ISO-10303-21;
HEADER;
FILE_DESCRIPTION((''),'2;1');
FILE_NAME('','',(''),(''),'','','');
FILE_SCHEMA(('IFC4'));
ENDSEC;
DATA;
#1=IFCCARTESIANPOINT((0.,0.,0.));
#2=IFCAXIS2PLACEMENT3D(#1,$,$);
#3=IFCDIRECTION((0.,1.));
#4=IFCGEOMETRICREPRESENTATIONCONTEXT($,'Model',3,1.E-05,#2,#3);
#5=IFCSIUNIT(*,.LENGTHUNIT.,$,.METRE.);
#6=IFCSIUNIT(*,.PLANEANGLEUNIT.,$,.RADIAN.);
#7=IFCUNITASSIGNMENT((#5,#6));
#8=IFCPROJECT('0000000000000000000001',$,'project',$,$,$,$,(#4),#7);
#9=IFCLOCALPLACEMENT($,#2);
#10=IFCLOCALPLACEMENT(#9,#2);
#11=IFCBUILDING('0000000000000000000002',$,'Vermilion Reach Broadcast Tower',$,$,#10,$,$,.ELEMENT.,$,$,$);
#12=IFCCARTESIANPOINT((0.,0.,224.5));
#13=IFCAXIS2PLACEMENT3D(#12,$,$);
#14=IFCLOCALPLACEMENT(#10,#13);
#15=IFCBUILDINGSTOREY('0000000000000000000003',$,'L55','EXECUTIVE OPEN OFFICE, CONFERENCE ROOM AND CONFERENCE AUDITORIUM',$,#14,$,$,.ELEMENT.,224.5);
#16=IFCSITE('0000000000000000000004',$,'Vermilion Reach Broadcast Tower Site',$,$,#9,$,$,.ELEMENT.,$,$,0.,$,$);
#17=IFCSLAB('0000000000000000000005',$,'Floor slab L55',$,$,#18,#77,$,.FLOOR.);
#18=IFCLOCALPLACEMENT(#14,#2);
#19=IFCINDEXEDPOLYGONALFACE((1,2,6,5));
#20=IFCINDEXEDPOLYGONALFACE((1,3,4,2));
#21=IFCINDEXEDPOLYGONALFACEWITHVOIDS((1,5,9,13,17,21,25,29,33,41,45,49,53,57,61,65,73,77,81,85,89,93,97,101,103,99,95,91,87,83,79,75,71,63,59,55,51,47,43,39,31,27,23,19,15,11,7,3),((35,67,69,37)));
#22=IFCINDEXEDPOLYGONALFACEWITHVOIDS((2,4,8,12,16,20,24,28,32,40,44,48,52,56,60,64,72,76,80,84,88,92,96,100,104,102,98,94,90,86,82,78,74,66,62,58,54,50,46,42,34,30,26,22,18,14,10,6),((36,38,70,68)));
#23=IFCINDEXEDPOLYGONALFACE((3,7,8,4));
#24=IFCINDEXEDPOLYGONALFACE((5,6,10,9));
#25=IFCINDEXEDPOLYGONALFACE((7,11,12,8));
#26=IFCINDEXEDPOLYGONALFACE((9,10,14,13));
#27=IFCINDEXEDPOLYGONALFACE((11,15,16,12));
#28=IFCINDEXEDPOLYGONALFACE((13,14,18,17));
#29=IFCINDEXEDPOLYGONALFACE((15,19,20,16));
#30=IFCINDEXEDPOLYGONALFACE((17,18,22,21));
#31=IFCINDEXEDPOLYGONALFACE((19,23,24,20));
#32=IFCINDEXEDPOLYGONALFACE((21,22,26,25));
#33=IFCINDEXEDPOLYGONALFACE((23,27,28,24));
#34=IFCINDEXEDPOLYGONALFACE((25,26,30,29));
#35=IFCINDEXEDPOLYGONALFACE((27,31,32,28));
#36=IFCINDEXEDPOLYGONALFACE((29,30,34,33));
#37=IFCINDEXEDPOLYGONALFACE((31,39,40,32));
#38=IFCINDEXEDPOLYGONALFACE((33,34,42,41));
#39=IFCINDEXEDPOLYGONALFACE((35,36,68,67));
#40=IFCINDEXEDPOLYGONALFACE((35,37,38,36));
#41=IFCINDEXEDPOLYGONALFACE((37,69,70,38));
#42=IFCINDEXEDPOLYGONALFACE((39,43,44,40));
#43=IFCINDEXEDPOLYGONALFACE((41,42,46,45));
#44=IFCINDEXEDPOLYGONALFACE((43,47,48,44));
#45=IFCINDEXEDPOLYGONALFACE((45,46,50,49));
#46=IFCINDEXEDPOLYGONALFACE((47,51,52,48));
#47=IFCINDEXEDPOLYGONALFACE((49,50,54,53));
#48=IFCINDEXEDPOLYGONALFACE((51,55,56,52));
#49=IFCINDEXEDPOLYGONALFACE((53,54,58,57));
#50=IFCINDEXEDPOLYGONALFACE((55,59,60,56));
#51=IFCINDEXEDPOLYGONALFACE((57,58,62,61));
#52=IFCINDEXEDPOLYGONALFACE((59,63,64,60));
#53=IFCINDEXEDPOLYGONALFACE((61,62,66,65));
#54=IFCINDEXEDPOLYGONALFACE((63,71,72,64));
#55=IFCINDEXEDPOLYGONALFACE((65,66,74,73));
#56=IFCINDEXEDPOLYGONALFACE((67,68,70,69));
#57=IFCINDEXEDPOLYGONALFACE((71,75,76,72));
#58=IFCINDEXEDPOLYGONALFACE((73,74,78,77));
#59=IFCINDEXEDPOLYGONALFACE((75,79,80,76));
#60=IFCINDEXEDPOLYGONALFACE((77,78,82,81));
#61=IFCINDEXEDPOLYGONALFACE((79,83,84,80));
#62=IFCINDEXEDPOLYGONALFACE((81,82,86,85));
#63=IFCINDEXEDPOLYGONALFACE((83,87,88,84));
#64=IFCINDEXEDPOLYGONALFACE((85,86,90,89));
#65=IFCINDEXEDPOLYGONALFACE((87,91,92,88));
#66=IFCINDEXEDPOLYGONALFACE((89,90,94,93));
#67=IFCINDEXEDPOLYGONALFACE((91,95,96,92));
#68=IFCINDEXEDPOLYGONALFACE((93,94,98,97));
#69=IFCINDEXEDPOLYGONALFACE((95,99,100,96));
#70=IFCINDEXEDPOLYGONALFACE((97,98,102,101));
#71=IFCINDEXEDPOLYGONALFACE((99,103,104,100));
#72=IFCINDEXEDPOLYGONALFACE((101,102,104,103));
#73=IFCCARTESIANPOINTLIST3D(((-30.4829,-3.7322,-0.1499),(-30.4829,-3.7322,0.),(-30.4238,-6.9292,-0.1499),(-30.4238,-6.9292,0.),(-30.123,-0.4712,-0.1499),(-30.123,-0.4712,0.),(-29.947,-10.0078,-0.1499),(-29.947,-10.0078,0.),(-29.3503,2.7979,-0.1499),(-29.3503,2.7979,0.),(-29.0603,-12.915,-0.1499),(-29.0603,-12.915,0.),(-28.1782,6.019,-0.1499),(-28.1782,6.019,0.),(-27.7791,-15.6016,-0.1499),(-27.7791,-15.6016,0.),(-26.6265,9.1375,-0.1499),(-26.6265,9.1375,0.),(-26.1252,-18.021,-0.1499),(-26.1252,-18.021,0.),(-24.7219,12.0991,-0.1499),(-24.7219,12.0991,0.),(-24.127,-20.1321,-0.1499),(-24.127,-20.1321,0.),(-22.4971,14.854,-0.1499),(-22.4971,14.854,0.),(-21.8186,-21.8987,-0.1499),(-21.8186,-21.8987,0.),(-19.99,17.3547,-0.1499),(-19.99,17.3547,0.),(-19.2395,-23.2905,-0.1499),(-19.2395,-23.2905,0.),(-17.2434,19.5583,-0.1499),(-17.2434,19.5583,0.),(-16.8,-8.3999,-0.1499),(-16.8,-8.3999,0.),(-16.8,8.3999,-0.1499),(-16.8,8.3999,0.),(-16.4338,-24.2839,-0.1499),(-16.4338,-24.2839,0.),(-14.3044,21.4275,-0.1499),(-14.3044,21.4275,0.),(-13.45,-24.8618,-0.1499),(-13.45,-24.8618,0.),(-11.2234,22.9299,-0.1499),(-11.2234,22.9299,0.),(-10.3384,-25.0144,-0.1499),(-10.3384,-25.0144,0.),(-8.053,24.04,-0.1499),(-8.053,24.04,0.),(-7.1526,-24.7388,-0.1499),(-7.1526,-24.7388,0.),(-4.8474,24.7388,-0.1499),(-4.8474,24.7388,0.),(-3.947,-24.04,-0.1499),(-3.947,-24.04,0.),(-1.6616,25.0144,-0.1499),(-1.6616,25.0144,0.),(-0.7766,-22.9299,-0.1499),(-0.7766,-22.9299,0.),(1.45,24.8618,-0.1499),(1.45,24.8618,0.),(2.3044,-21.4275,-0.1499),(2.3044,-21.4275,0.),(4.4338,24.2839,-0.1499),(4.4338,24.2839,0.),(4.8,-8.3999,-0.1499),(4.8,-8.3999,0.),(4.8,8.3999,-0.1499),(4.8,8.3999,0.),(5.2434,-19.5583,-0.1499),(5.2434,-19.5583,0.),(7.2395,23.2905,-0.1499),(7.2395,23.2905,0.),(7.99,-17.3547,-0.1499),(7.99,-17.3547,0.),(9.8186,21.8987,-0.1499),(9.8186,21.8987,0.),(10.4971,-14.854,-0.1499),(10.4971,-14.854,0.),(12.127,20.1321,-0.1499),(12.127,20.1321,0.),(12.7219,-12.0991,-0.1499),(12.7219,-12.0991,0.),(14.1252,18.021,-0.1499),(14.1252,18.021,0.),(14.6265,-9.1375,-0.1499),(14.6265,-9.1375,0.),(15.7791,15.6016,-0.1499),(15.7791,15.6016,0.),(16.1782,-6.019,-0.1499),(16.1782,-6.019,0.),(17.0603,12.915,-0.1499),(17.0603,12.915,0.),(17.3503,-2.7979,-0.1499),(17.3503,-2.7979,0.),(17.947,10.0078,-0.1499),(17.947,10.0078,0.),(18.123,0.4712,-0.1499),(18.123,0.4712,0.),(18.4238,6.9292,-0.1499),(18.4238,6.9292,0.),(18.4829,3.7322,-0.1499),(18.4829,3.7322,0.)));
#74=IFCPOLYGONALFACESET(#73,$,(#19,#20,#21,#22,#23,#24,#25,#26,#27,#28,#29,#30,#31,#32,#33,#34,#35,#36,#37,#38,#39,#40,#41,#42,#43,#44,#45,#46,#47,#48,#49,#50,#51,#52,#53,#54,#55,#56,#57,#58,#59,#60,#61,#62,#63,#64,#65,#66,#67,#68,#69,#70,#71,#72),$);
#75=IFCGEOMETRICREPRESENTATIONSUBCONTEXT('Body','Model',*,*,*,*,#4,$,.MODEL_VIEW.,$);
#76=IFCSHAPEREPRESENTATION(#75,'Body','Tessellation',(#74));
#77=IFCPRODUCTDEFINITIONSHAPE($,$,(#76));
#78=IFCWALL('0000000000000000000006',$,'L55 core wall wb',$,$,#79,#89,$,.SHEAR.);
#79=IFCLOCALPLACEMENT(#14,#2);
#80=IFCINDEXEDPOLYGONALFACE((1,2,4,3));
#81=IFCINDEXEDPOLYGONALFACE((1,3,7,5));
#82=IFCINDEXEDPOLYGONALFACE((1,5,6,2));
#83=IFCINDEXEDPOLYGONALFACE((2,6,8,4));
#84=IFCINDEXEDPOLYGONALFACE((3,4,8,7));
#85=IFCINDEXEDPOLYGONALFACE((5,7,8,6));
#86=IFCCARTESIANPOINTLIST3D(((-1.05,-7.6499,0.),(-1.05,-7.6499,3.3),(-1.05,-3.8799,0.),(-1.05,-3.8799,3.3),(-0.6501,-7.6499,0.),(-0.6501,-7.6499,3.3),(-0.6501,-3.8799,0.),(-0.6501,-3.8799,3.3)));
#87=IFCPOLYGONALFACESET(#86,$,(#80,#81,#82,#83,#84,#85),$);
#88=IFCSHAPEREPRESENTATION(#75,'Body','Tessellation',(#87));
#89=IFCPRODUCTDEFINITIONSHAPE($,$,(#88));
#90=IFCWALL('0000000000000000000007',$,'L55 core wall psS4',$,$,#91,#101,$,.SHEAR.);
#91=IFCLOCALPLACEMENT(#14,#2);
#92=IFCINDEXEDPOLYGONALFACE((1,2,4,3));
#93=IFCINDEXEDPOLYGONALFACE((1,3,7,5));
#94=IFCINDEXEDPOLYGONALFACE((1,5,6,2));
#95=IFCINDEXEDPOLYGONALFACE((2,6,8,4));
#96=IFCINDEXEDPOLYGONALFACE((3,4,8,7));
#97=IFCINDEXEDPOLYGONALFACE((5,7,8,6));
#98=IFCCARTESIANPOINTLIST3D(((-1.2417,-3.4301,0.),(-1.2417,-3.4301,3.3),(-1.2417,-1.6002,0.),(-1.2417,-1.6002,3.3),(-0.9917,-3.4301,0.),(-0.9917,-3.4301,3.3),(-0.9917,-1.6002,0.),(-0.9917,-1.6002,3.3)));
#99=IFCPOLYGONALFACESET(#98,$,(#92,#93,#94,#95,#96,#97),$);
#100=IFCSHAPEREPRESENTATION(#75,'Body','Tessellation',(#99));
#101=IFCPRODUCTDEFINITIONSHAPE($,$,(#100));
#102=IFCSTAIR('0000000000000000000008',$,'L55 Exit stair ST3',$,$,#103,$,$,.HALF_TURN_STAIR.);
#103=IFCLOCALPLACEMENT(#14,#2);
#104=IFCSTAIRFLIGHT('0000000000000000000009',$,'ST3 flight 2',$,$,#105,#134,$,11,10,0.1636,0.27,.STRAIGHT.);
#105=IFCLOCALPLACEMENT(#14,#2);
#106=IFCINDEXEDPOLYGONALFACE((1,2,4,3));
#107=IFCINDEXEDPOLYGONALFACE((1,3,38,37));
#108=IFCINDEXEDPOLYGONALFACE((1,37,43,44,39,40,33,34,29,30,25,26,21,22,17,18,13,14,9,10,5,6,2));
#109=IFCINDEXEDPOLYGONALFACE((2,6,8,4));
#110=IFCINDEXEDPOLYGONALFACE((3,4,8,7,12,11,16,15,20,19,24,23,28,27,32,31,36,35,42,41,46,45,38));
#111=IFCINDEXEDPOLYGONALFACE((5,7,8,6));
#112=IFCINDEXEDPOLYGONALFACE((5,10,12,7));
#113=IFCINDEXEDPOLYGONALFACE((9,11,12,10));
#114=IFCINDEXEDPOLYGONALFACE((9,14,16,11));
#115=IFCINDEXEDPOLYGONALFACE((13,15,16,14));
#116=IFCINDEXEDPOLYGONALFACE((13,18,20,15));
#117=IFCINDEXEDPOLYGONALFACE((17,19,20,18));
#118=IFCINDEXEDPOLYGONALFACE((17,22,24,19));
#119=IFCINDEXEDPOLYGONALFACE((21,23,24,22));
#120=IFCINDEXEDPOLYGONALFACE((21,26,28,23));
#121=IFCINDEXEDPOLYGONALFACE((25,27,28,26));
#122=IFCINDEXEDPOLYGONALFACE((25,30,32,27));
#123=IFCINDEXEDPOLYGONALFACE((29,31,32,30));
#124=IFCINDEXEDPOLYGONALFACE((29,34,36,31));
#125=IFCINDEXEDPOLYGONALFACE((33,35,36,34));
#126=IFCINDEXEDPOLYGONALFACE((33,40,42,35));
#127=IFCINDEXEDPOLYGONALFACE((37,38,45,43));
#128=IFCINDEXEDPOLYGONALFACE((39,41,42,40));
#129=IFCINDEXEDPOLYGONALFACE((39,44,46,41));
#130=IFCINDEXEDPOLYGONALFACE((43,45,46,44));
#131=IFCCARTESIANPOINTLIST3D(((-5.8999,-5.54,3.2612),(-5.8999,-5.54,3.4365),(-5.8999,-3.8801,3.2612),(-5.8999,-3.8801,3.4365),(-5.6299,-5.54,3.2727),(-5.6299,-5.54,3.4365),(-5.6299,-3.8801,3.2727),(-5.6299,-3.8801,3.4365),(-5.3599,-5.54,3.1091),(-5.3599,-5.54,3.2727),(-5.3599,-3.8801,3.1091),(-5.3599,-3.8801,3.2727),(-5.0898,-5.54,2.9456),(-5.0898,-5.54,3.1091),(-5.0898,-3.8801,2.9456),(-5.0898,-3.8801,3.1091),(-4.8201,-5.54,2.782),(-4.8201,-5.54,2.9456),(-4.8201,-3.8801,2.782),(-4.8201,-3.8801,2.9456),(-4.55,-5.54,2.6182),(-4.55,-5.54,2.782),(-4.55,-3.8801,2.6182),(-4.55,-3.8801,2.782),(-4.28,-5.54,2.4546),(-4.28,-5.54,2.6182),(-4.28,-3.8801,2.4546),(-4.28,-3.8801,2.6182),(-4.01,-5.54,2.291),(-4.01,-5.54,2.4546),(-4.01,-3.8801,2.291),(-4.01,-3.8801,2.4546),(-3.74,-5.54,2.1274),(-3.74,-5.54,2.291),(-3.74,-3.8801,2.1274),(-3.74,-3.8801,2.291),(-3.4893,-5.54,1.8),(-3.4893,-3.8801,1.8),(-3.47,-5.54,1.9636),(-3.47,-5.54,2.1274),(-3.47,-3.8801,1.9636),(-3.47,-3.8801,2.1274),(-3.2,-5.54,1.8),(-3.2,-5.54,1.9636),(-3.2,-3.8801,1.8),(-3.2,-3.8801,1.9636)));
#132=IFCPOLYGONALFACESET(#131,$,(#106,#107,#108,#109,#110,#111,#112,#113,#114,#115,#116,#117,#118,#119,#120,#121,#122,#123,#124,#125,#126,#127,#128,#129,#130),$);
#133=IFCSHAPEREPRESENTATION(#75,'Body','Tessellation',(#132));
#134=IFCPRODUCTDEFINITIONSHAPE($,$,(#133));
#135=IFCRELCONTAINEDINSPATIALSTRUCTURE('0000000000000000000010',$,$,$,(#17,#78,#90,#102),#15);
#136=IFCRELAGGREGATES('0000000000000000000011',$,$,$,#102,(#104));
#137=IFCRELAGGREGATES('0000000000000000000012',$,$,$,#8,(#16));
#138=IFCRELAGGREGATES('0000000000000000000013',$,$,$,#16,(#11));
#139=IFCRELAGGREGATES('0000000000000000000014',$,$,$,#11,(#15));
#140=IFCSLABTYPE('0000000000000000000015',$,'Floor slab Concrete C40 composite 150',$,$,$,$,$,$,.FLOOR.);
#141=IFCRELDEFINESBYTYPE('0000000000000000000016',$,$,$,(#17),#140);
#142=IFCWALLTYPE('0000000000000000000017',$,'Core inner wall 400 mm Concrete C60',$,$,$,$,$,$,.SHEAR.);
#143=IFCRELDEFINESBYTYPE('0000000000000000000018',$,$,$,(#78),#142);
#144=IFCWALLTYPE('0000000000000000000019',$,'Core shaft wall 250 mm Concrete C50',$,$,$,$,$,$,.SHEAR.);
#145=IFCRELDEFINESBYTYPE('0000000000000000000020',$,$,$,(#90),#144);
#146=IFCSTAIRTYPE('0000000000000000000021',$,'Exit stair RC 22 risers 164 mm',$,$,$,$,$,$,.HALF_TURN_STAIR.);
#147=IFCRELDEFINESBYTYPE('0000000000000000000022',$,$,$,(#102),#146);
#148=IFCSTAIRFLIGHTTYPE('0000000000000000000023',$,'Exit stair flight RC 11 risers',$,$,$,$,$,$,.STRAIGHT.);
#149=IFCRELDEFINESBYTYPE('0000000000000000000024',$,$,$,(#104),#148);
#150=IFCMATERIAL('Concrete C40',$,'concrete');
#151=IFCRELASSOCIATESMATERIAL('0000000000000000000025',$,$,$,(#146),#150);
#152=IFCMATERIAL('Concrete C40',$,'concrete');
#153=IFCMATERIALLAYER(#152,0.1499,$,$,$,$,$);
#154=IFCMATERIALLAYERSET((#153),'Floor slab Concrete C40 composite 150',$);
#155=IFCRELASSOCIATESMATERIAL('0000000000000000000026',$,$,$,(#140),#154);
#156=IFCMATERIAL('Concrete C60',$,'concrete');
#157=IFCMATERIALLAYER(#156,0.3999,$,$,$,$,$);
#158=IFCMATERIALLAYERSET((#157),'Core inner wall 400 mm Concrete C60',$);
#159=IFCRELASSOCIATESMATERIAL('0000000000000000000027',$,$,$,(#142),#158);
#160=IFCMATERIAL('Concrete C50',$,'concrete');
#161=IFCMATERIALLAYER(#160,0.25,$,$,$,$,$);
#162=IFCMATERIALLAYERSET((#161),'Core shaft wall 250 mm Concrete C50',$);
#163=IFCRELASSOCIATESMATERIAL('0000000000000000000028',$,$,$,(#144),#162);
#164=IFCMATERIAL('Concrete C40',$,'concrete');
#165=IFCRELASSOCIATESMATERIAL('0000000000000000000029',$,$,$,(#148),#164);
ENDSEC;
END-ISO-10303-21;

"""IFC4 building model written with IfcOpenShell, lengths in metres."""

from ifc_helpers import new_model, si_unit, direction, frame, frame_2d, origin, place, context, subcontext, project, spatial, polyline, rectangle, outline, extrude, material, layer, layer_set, type_object, element, aggregate, save


model = new_model("IFC4")

# Units and contexts
model_context = context("Model", 3, precision=1e-05, world=origin(), true_north=direction((0.0, 1.0)))
body_context = subcontext(model_context, "Body", "Model", "MODEL_VIEW")
ifc_project = project(units=[si_unit("LENGTHUNIT", "METRE"), si_unit("PLANEANGLEUNIT", "RADIAN")], contexts=[model_context])

# Site, building, storey
site_placement = place(None, origin())
site = spatial("IfcSite", under=ifc_project, at=site_placement, Name="Vermilion Reach Broadcast Tower Site", CompositionType="ELEMENT", RefElevation=0.0)
building_placement = place(site_placement, origin())
building = spatial("IfcBuilding", under=site, at=building_placement, Name="Vermilion Reach Broadcast Tower", CompositionType="ELEMENT")
storey_placement = place(building_placement, frame((0.0, 0.0, 224.5)))
storey = spatial("IfcBuildingStorey", under=building, at=storey_placement, Name="L55", Description="EXECUTIVE OPEN OFFICE, CONFERENCE ROOM AND CONFERENCE AUDITORIUM", CompositionType="ELEMENT", Elevation=224.5)

# Shared definitions
ifc_material_1 = material(Name="Concrete C40", Category="concrete")
stair_type = type_object("IfcStairType", Name="Exit stair RC 22 risers 164 mm", PredefinedType="HALF_TURN_STAIR", material=ifc_material_1)
placement_1 = place(storey_placement, origin())

# Slab
ifc_material_2 = material(Name="Concrete C40", Category="concrete")
ifc_layer_1 = layer(ifc_material_2, 0.1499)
ifc_layer_set_1 = layer_set([ifc_layer_1], Name="Floor slab Concrete C40 composite 150")
slab_type_1 = type_object("IfcSlabType", Name="Floor slab Concrete C40 composite 150", PredefinedType="FLOOR", material=ifc_layer_set_1)
slab_1_placement = place(storey_placement, frame((0.0, 0.0, -0.1499)))
element("IfcSlab", 1, at=slab_1_placement, inside=storey, type_object=slab_type_1, Name="Floor slab L55", PredefinedType="FLOOR", context=body_context, shape_type="SweptSolid", body=[
    extrude(outline(polyline([(12.127, 20.1321), (9.8186, 21.8987), (7.2395, 23.2905), (4.4338, 24.2839), (1.45, 24.8618), (-1.6616, 25.0144), (-4.8474, 24.7388), (-8.053, 24.04), (-11.2234, 22.9299), (-14.3044, 21.4275), (-17.2434, 19.5583), (-19.99, 17.3547), (-22.4971, 14.854), (-24.7219, 12.0991), (-26.6265, 9.1375), (-28.1782, 6.019), (-29.3503, 2.7979), (-30.123, -0.4712), (-30.4829, -3.7322), (-30.4238, -6.9292), (-29.947, -10.0078), (-29.0603, -12.915), (-27.7791, -15.6016), (-26.1252, -18.021), (-24.127, -20.1321), (-21.8186, -21.8987), (-19.2395, -23.2905), (-16.4338, -24.2839), (-13.45, -24.8618), (-10.3384, -25.0144), (-7.1526, -24.7388), (-3.947, -24.04), (-0.7766, -22.9299), (2.3044, -21.4275), (5.2434, -19.5583), (7.99, -17.3547), (10.4971, -14.854), (12.7219, -12.0991), (14.6265, -9.1375), (16.1782, -6.019), (17.3503, -2.7979), (18.123, 0.4712), (18.4829, 3.7322), (18.4238, 6.9292), (17.947, 10.0078), (17.0603, 12.915), (15.7791, 15.6016), (14.1252, 18.021), (12.127, 20.1321)]), holes=[polyline([(-16.8, -8.3999), (4.8, -8.3999), (4.8, 8.3999), (-16.8, 8.3999), (-16.8, -8.3999)])]), origin(), (0.0, 0.0, 1.0), 0.1499),
])

# Walls
ifc_material_3 = material(Name="Concrete C60", Category="concrete")
ifc_layer_2 = layer(ifc_material_3, 0.3999)
ifc_layer_set_2 = layer_set([ifc_layer_2], Name="Core inner wall 400 mm Concrete C60")
wall_type_1 = type_object("IfcWallType", Name="Core inner wall 400 mm Concrete C60", PredefinedType="SHEAR", material=ifc_layer_set_2)
wall_1_placement = place(storey_placement, frame((-0.8501, -3.8799, 0.0), z_axis=(0.0, 0.0, 1.0), x_axis=(0.0, -1.0, 0.0)))
element("IfcWall", 2, at=wall_1_placement, inside=storey, type_object=wall_type_1, Name="L55 core wall wb", PredefinedType="SHEAR", context=body_context, shape_type="SweptSolid", body=[
    extrude(rectangle(XDim=3.77, YDim=0.3999, at=frame_2d((1.885, 0.0))), origin(), (0.0, 0.0, 1.0), 3.3),
])
ifc_material_4 = material(Name="Concrete C50", Category="concrete")
ifc_layer_3 = layer(ifc_material_4, 0.25)
ifc_layer_set_3 = layer_set([ifc_layer_3], Name="Core shaft wall 250 mm Concrete C50")
wall_type_2 = type_object("IfcWallType", Name="Core shaft wall 250 mm Concrete C50", PredefinedType="SHEAR", material=ifc_layer_set_3)
wall_2_placement = place(storey_placement, frame((-1.1167, -1.6001, 0.0), z_axis=(0.0, 0.0, 1.0), x_axis=(0.0, -1.0, 0.0)))
element("IfcWall", 3, at=wall_2_placement, inside=storey, type_object=wall_type_2, Name="L55 core wall psS4", PredefinedType="SHEAR", context=body_context, shape_type="SweptSolid", body=[
    extrude(rectangle(XDim=1.8298, YDim=0.25, at=frame_2d((0.915, 0.0))), origin(), (0.0, 0.0, 1.0), 3.3),
])

# Stair, stair flight
stair_1 = element("IfcStair", 4, at=placement_1, inside=storey, type_object=stair_type, Name="L55 Exit stair ST3", PredefinedType="HALF_TURN_STAIR")
ifc_material_5 = material(Name="Concrete C40", Category="concrete")
stair_flight_type = type_object("IfcStairFlightType", Name="Exit stair flight RC 11 risers", PredefinedType="STRAIGHT", material=ifc_material_5)
stair_flight_placement = place(storey_placement, frame((-3.2, -4.71, 1.8), z_axis=(0.0, 0.0, 1.0), x_axis=(-1.0, 0.0, 0.0)))
stair_flight = element("IfcStairFlight", 5, at=stair_flight_placement, type_object=stair_flight_type, Name="ST3 flight 2", NumberOfRisers=11, NumberOfTreads=10, PredefinedType="STRAIGHT", RiserHeight=0.1636, TreadLength=0.27, context=body_context, shape_type="SweptSolid", body=[
    extrude(outline(polyline([(0.0, 0.0), (0.0, 0.1636), (0.27, 0.1636), (0.27, 0.3274), (0.54, 0.3274), (0.54, 0.491), (0.8101, 0.491), (0.8101, 0.6545), (1.0801, 0.6545), (1.0801, 0.8181), (1.3501, 0.8181), (1.3501, 0.9819), (1.6201, 0.9819), (1.6201, 1.1455), (1.8899, 1.1455), (1.8899, 1.3091), (2.1599, 1.3091), (2.1599, 1.4727), (2.4299, 1.4727), (2.4299, 1.6365), (2.7, 1.6365), (2.7, 1.8), (2.7, 1.4612), (0.2893, 0.0), (0.0, 0.0)])), frame((0.0, 0.8301, 0.0), z_axis=(0.0, -1.0, 0.0), x_axis=(1.0, 0.0, 0.0)), (0.0, 0.0, 1.0), 1.6599),
])
aggregate(stair_1, [stair_flight])

save(model, "model.ifc")
